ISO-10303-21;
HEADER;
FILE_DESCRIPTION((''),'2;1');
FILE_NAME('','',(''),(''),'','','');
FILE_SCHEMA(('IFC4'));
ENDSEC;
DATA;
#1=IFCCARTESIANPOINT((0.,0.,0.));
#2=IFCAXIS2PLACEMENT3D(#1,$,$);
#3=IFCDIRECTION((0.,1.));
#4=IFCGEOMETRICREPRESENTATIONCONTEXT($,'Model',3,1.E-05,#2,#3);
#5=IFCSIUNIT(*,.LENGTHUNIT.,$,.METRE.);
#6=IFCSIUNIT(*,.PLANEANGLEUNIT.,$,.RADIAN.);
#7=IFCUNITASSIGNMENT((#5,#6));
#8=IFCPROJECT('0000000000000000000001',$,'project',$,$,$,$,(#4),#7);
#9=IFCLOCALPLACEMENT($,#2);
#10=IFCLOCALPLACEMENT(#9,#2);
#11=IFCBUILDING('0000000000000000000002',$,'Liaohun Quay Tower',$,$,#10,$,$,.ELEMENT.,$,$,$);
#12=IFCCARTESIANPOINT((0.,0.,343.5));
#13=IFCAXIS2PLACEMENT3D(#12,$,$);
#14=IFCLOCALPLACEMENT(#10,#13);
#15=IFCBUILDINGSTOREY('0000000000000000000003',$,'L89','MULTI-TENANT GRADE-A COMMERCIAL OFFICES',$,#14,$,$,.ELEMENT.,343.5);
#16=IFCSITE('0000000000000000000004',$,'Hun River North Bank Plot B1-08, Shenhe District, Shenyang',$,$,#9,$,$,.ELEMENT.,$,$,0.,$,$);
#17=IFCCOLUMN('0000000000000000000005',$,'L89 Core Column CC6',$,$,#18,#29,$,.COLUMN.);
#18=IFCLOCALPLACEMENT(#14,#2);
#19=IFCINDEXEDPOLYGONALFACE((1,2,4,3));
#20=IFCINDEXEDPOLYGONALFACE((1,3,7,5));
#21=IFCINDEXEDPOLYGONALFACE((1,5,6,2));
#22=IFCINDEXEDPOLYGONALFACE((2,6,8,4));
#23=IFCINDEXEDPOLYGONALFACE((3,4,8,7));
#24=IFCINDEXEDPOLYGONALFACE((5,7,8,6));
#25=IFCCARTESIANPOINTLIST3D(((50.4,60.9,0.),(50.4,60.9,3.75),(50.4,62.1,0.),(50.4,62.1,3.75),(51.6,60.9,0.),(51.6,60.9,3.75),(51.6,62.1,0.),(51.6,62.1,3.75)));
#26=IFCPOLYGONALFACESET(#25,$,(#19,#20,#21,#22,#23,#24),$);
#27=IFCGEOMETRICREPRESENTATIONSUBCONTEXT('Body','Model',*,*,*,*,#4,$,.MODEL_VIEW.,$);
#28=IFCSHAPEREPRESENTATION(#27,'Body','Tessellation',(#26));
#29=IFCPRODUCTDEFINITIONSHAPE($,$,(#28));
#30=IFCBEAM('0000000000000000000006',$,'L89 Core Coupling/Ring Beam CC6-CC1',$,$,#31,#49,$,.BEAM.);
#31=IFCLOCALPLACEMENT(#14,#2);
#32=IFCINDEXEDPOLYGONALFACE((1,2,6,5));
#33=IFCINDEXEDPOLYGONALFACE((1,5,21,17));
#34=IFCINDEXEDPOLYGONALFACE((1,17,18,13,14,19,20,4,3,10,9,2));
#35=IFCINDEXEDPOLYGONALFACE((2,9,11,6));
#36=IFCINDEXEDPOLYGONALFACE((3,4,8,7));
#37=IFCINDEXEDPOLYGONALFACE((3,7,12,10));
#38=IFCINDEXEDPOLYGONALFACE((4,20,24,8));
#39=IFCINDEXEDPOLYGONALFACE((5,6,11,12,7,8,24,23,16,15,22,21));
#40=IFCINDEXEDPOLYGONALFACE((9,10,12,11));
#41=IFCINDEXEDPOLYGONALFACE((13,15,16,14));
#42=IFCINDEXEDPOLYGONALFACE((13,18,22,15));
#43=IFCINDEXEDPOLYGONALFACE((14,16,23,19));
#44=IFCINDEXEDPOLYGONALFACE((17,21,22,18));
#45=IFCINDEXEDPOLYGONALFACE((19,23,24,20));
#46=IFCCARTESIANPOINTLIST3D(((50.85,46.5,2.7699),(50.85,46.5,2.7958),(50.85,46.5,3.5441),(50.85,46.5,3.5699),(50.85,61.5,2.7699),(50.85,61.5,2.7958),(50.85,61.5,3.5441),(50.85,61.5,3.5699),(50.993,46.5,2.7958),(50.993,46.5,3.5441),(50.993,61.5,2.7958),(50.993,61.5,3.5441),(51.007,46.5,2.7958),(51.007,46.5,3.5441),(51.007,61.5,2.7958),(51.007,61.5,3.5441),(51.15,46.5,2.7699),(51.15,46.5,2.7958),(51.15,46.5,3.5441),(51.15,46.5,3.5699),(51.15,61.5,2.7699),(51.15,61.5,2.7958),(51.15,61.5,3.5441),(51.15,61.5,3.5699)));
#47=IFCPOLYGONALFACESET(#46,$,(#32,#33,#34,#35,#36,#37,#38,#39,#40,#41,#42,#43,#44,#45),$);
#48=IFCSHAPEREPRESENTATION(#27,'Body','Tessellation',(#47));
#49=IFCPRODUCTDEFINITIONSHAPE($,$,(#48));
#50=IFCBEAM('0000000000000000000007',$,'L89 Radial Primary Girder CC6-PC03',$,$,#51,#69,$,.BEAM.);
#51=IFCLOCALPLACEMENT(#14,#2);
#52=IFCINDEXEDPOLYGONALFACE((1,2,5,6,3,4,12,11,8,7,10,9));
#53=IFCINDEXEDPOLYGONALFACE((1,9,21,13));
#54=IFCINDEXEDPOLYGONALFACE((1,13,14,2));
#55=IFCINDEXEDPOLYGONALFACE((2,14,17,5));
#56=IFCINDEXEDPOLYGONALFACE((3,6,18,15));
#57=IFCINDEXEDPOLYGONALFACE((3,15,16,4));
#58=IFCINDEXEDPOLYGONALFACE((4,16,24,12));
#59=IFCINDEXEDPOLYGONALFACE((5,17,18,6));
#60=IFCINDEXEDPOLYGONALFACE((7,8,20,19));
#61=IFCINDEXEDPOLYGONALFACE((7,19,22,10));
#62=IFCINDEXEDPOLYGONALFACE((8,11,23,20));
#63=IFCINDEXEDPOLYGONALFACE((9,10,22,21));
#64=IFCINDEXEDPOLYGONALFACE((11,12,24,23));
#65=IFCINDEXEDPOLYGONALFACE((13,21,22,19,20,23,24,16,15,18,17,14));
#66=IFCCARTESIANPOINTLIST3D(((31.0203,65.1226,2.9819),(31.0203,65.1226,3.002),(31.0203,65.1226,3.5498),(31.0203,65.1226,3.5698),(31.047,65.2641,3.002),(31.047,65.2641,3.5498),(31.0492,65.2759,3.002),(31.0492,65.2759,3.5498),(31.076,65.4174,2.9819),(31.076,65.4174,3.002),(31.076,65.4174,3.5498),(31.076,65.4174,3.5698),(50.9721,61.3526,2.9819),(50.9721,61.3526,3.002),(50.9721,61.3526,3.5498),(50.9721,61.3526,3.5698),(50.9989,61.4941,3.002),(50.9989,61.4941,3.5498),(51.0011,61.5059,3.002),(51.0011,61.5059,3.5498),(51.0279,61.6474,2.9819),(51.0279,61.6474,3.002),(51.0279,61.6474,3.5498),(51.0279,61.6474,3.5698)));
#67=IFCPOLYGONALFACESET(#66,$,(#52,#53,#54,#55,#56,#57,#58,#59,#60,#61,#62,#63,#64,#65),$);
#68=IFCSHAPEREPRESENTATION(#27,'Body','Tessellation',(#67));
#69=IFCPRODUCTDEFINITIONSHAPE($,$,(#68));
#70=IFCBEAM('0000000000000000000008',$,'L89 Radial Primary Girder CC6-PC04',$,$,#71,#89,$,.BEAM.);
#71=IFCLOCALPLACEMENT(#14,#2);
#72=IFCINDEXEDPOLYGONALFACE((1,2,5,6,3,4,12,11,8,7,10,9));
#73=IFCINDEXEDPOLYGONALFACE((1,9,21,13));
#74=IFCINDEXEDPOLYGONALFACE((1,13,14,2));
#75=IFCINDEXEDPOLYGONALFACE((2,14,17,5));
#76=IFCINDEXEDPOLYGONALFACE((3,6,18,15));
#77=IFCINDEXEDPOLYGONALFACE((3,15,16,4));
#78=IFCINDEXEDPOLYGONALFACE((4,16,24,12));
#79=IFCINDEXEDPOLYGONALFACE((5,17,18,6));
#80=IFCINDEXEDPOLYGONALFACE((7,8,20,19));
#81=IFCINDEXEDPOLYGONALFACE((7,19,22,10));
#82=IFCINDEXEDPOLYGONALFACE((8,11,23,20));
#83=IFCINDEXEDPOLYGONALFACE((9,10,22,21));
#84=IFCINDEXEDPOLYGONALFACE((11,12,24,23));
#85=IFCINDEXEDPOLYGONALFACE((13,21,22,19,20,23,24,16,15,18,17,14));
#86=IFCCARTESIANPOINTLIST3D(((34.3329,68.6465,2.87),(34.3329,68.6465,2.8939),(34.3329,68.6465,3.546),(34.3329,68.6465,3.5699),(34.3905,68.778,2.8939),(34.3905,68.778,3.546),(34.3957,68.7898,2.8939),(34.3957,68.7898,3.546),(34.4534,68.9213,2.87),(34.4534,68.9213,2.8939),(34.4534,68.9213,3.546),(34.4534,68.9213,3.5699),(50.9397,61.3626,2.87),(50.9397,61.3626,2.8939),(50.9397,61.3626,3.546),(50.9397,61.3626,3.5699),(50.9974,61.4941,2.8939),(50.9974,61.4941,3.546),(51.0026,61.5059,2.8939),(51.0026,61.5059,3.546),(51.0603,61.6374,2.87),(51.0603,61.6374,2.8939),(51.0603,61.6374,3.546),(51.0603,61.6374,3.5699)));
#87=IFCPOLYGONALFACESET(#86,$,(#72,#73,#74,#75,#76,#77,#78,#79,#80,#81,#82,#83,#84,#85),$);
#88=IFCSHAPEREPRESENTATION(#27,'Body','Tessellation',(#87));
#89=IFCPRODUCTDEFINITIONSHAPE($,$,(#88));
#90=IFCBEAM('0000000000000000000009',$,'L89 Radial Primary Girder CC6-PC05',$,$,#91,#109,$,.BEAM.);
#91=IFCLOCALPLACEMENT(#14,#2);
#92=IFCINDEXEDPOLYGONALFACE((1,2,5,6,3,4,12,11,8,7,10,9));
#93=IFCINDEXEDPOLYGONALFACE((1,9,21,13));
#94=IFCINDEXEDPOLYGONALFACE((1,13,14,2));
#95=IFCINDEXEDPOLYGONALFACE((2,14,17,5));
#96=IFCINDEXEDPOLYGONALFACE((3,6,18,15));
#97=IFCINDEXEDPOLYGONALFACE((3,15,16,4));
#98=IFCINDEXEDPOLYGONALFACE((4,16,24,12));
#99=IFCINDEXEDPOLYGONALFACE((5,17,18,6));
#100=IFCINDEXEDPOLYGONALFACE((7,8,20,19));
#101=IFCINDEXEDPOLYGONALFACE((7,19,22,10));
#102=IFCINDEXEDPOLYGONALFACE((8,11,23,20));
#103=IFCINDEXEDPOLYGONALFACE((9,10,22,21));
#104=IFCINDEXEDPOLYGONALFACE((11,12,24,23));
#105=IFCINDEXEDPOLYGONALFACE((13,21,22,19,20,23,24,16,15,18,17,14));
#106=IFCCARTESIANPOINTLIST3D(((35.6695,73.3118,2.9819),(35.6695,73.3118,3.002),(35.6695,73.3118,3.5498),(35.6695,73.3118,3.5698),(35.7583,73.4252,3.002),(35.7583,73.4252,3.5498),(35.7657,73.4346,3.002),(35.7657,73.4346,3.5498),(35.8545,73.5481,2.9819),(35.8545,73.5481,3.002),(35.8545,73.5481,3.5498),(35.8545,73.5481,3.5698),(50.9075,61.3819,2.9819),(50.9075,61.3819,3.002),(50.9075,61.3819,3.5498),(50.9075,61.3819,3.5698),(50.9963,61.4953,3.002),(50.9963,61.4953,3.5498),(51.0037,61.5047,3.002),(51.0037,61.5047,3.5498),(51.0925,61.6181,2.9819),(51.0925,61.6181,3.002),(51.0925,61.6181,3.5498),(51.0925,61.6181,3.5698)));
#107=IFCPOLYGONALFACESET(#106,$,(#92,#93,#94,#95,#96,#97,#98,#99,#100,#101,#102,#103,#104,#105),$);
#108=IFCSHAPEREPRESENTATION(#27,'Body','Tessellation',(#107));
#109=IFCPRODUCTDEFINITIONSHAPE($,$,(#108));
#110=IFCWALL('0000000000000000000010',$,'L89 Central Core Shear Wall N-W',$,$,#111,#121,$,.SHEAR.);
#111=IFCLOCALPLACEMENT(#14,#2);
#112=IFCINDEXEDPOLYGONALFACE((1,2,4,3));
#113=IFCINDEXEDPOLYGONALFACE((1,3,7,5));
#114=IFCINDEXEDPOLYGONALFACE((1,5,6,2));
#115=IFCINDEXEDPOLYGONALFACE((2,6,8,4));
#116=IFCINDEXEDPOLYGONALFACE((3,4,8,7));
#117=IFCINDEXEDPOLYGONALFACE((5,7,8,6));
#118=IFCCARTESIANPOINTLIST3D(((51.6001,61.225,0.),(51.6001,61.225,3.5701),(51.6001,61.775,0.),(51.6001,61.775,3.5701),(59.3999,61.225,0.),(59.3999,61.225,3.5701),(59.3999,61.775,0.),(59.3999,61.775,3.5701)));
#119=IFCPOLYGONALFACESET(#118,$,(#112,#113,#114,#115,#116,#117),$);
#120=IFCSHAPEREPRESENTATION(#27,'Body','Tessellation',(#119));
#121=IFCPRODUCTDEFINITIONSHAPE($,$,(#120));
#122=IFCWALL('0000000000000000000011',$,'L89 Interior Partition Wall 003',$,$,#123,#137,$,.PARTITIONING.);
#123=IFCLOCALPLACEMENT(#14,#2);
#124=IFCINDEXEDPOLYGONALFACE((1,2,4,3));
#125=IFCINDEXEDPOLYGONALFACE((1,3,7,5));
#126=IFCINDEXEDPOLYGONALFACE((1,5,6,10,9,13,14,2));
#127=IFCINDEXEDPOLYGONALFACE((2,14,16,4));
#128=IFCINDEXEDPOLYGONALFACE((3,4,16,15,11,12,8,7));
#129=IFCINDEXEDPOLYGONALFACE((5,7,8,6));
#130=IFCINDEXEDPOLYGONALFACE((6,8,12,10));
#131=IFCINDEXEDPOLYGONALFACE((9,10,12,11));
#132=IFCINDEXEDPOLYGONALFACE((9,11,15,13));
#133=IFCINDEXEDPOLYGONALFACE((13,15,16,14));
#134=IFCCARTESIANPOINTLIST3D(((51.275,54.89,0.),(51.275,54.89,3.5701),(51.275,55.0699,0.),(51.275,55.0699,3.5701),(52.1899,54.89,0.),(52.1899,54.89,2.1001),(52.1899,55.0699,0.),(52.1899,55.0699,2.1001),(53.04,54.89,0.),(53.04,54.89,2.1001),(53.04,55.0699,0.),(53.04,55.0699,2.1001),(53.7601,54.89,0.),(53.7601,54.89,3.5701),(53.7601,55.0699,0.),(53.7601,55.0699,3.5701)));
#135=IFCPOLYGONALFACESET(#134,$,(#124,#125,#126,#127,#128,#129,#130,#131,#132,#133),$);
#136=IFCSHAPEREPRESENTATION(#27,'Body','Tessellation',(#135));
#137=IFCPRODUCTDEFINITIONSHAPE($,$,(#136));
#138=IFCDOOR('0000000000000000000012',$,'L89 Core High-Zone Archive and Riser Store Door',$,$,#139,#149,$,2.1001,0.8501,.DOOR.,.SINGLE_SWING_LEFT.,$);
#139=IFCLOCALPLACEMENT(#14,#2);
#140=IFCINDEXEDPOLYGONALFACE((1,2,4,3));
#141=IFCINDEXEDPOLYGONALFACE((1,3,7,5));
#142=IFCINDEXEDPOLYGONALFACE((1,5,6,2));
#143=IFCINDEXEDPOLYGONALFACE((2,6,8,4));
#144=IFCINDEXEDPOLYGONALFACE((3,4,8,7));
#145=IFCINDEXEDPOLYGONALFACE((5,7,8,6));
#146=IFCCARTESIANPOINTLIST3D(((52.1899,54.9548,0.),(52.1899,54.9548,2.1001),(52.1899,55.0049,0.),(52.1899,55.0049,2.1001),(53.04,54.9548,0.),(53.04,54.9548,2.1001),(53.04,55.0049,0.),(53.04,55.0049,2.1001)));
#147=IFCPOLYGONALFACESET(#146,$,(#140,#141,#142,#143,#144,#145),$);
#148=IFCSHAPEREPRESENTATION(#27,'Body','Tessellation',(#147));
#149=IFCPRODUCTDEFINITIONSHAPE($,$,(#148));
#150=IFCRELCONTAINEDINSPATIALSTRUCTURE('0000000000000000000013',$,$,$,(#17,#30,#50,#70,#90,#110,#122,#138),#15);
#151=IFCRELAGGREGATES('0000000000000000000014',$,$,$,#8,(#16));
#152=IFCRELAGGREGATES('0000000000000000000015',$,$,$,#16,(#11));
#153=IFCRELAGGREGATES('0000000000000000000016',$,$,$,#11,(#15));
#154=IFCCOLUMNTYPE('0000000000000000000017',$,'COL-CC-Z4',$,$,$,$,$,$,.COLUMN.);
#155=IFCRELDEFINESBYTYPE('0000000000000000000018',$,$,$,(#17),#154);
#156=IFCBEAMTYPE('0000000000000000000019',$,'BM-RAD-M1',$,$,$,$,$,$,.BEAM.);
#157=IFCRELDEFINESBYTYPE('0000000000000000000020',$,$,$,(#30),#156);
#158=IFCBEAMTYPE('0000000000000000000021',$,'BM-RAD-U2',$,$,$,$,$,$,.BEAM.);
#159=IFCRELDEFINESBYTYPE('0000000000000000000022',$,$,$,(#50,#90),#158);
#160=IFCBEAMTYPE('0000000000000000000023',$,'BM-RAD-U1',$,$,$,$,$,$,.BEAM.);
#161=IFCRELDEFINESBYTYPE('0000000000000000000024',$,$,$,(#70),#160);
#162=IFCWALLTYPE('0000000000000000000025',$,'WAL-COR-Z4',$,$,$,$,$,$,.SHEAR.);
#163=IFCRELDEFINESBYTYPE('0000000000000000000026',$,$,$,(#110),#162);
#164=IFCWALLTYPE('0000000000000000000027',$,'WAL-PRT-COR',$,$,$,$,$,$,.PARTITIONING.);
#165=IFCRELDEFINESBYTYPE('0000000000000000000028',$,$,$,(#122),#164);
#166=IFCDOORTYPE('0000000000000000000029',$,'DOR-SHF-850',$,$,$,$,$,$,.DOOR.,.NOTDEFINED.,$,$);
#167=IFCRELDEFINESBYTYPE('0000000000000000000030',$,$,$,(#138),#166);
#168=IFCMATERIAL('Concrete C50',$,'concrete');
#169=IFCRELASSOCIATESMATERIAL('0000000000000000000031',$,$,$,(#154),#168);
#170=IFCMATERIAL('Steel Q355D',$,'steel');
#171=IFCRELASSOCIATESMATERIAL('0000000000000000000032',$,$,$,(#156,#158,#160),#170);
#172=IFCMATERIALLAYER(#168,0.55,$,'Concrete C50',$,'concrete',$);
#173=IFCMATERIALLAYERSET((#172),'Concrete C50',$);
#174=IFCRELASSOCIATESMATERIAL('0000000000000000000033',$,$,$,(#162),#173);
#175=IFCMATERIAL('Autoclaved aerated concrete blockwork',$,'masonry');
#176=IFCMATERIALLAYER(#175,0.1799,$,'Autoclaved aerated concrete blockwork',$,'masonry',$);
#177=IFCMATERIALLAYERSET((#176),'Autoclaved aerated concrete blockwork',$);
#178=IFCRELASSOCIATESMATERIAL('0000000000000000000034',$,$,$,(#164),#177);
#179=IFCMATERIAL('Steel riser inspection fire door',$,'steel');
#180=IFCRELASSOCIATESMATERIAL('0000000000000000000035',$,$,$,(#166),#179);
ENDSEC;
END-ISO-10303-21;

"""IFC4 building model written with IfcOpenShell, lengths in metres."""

from ifc_helpers import new_model, si_unit, direction, frame, frame_2d, origin, origin_2d, place, context, subcontext, project, spatial, rectangle, i_section, extrude, source, transform, mapped, material, layer, layer_set, material_profile, profile_set, type_object, element, fill, save


model = new_model("IFC4")

# Units and contexts
model_context = context("Model", 3, precision=1e-05, world=origin(), true_north=direction((0.0, 1.0)))
body_context = subcontext(model_context, "Body", "Model", "MODEL_VIEW")
ifc_project = project(units=[si_unit("LENGTHUNIT", "METRE"), si_unit("PLANEANGLEUNIT", "RADIAN")], contexts=[model_context])

# Site, building, storey
site_placement = place(None, origin())
site = spatial("IfcSite", under=ifc_project, at=site_placement, Name="Hun River North Bank Plot B1-08, Shenhe District, Shenyang", CompositionType="ELEMENT", RefElevation=0.0)
building_placement = place(site_placement, origin())
building = spatial("IfcBuilding", under=site, at=building_placement, Name="Liaohun Quay Tower", CompositionType="ELEMENT")
storey_placement = place(building_placement, frame((0.0, 0.0, 343.5)))
storey = spatial("IfcBuildingStorey", under=building, at=storey_placement, Name="L89", Description="MULTI-TENANT GRADE-A COMMERCIAL OFFICES", CompositionType="ELEMENT", Elevation=343.5)

# Column
ifc_material_1 = material(Name="Concrete C50", Category="concrete")
ifc_material_profile_1 = material_profile(ifc_material_1, rectangle(XDim=1.2, YDim=1.2, at=origin_2d()), Name="RC1200x1200")
ifc_profile_set_1 = profile_set([ifc_material_profile_1], Name="Concrete C50")
column_type = type_object("IfcColumnType", Name="COL-CC-Z4", PredefinedType="COLUMN", material=ifc_profile_set_1)
shared_shape_1 = source(origin(), body_context, "Body", "SweptSolid", [
    extrude(rectangle(XDim=1.2, YDim=1.2, at=origin_2d()), origin(), (0.0, 0.0, 1.0), 3.75),
])
column_placement = place(storey_placement, frame((51.0, 61.5, 0.0), z_axis=(0.0, 0.0, 1.0), x_axis=(1.0, 0.0, 0.0)))
element("IfcColumn", 1, at=column_placement, inside=storey, type_object=column_type, Name="L89 Core Column CC6", PredefinedType="COLUMN", context=body_context, shape_type="MappedRepresentation", body=[
    mapped(shared_shape_1, transform((0.0, 0.0, 0.0), x_axis=(1.0, 0.0, 0.0), y_axis=(0.0, 1.0, 0.0), z_axis=(0.0, 0.0, 1.0), scale=1.0)),
])

# Beams
ifc_material_2 = material(Name="Steel Q355D", Category="steel")
ifc_material_profile_2 = material_profile(ifc_material_2, i_section(OverallWidth=0.3, OverallDepth=0.8, WebThickness=0.0139, FlangeThickness=0.0259, at=origin_2d()), Name="HN800x300x14x26")
ifc_profile_set_2 = profile_set([ifc_material_profile_2], Name="Steel Q355D")
beam_type_1 = type_object("IfcBeamType", Name="BM-RAD-M1", PredefinedType="BEAM", material=ifc_profile_set_2)
shared_shape_2 = source(origin(), body_context, "Body", "SweptSolid", [
    extrude(i_section(OverallWidth=0.3, OverallDepth=0.8, WebThickness=0.0139, FlangeThickness=0.0259, at=origin_2d()), origin(), (0.0, 0.0, 1.0), 15.0),
])
beam_1_placement = place(storey_placement, frame((51.0, 61.5, 3.1699), z_axis=(0.0, -1.0, 0.0), x_axis=(1.0, 0.0, 0.0)))
element("IfcBeam", 2, at=beam_1_placement, inside=storey, type_object=beam_type_1, Name="L89 Core Coupling/Ring Beam CC6-CC1", PredefinedType="BEAM", context=body_context, shape_type="MappedRepresentation", body=[
    mapped(shared_shape_2, transform((0.0, 0.0, 0.0), x_axis=(1.0, 0.0, 0.0), y_axis=(0.0, 1.0, 0.0), z_axis=(0.0, 0.0, 1.0), scale=1.0)),
])
ifc_material_profile_3 = material_profile(ifc_material_2, i_section(OverallWidth=0.3, OverallDepth=0.5879, WebThickness=0.012, FlangeThickness=0.02, at=origin_2d()), Name="HM588x300x12x20")
ifc_profile_set_3 = profile_set([ifc_material_profile_3], Name="Steel Q355D")
beam_type_2 = type_object("IfcBeamType", Name="BM-RAD-U2", PredefinedType="BEAM", material=ifc_profile_set_3)
shared_shape_3 = source(origin(), body_context, "Body", "SweptSolid", [
    extrude(i_section(OverallWidth=0.3, OverallDepth=0.5879, WebThickness=0.012, FlangeThickness=0.02, at=origin_2d()), origin(), (0.0, 0.0, 1.0), 20.3049),
])
beam_2_placement = place(storey_placement, frame((51.0, 61.5, 3.2759), z_axis=(-0.982612, 0.18567, 0.0), x_axis=(-0.18567, -0.982612, 0.0)))
element("IfcBeam", 3, at=beam_2_placement, inside=storey, type_object=beam_type_2, Name="L89 Radial Primary Girder CC6-PC03", PredefinedType="BEAM", context=body_context, shape_type="MappedRepresentation", body=[
    mapped(shared_shape_3, transform((0.0, 0.0, 0.0), x_axis=(1.0, 0.0, 0.0), y_axis=(0.0, 1.0, 0.0), z_axis=(0.0, 0.0, 1.0), scale=1.0)),
])
ifc_material_profile_4 = material_profile(ifc_material_2, i_section(OverallWidth=0.3, OverallDepth=0.7, WebThickness=0.0129, FlangeThickness=0.0239, at=origin_2d()), Name="HN700x300x13x24")
ifc_profile_set_4 = profile_set([ifc_material_profile_4], Name="Steel Q355D")
beam_type_3 = type_object("IfcBeamType", Name="BM-RAD-U1", PredefinedType="BEAM", material=ifc_profile_set_4)
shared_shape_4 = source(origin(), body_context, "Body", "SweptSolid", [
    extrude(i_section(OverallWidth=0.3, OverallDepth=0.7, WebThickness=0.0129, FlangeThickness=0.0239, at=origin_2d()), origin(), (0.0, 0.0, 1.0), 18.134),
])
beam_3_placement = place(storey_placement, frame((51.0, 61.5, 3.22), z_axis=(-0.915784, 0.40167, 0.0), x_axis=(-0.40167, -0.915784, 0.0)))
element("IfcBeam", 4, at=beam_3_placement, inside=storey, type_object=beam_type_3, Name="L89 Radial Primary Girder CC6-PC04", PredefinedType="BEAM", context=body_context, shape_type="MappedRepresentation", body=[
    mapped(shared_shape_4, transform((0.0, 0.0, 0.0), x_axis=(1.0, 0.0, 0.0), y_axis=(0.0, 1.0, 0.0), z_axis=(0.0, 0.0, 1.0), scale=1.0)),
])
shared_shape_5 = source(origin(), body_context, "Body", "SweptSolid", [
    extrude(i_section(OverallWidth=0.3, OverallDepth=0.5879, WebThickness=0.012, FlangeThickness=0.02, at=origin_2d()), origin(), (0.0, 0.0, 1.0), 19.3525),
])
beam_4_placement = place(storey_placement, frame((51.0, 61.5, 3.2759), z_axis=(-0.787392, 0.616453, 0.0), x_axis=(-0.616453, -0.787392, 0.0)))
element("IfcBeam", 5, at=beam_4_placement, inside=storey, type_object=beam_type_2, Name="L89 Radial Primary Girder CC6-PC05", PredefinedType="BEAM", context=body_context, shape_type="MappedRepresentation", body=[
    mapped(shared_shape_5, transform((0.0, 0.0, 0.0), x_axis=(1.0, 0.0, 0.0), y_axis=(0.0, 1.0, 0.0), z_axis=(0.0, 0.0, 1.0), scale=1.0)),
])

# Wall
ifc_layer_1 = layer(ifc_material_1, 0.55, Name="Concrete C50", Category="concrete")
ifc_layer_set_1 = layer_set([ifc_layer_1], Name="Concrete C50")
wall_type_1 = type_object("IfcWallType", Name="WAL-COR-Z4", PredefinedType="SHEAR", material=ifc_layer_set_1)
wall_1_placement = place(storey_placement, frame((51.6001, 61.5, 0.0), z_axis=(0.0, 0.0, 1.0), x_axis=(1.0, 0.0, 0.0)))
element("IfcWall", 6, at=wall_1_placement, inside=storey, type_object=wall_type_1, Name="L89 Central Core Shear Wall N-W", PredefinedType="SHEAR", context=body_context, shape_type="SweptSolid", body=[
    extrude(rectangle(XDim=7.7998, YDim=0.55, at=frame_2d((3.8999, 0.0))), origin(), (0.0, 0.0, 1.0), 3.5701),
])

# Wall, opening, door
ifc_material_3 = material(Name="Autoclaved aerated concrete blockwork", Category="masonry")
ifc_layer_2 = layer(ifc_material_3, 0.1799, Name="Autoclaved aerated concrete blockwork", Category="masonry")
ifc_layer_set_2 = layer_set([ifc_layer_2], Name="Autoclaved aerated concrete blockwork")
wall_type_2 = type_object("IfcWallType", Name="WAL-PRT-COR", PredefinedType="PARTITIONING", material=ifc_layer_set_2)
wall_2_placement = place(storey_placement, frame((51.2749, 54.98, 0.0), z_axis=(0.0, 0.0, 1.0), x_axis=(1.0, 0.0, 0.0)))
wall_2 = element("IfcWall", 7, at=wall_2_placement, inside=storey, type_object=wall_type_2, Name="L89 Interior Partition Wall 003", PredefinedType="PARTITIONING", context=body_context, shape_type="SweptSolid", body=[
    extrude(rectangle(XDim=2.4851, YDim=0.1799, at=frame_2d((1.2427, 0.0))), origin(), (0.0, 0.0, 1.0), 3.5701),
])
shared_shape_6 = source(origin(), body_context, "Body", "SweptSolid", [
    extrude(rectangle(XDim=0.8501, YDim=2.1001, at=frame_2d((0.425, 1.05))), frame((0.0, 0.0999, 0.0), z_axis=(0.0, -1.0, 0.0), x_axis=(1.0, 0.0, 0.0)), (0.0, 0.0, 1.0), 0.2),
])
opening_1_placement = place(wall_2_placement, frame((0.915, 0.0, 0.0)))
opening_1 = element("IfcOpeningElement", 8, at=opening_1_placement, cuts=wall_2, PredefinedType="OPENING", context=body_context, shape_type="MappedRepresentation", body=[
    mapped(shared_shape_6, transform((0.0, 0.0, 0.0), x_axis=(1.0, 0.0, 0.0), y_axis=(0.0, 1.0, 0.0), z_axis=(0.0, 0.0, 1.0), scale=1.0)),
])
ifc_material_4 = material(Name="Steel riser inspection fire door", Category="steel")
door_type_1 = type_object("IfcDoorType", Name="DOR-SHF-850", OperationType="NOTDEFINED", PredefinedType="DOOR", material=ifc_material_4)
shared_shape_7 = source(origin(), body_context, "Body", "SweptSolid", [
    extrude(rectangle(XDim=0.8501, YDim=2.1001, at=frame_2d((0.425, 1.05))), frame((0.0, 0.0249, 0.0), z_axis=(0.0, -1.0, 0.0), x_axis=(1.0, 0.0, 0.0)), (0.0, 0.0, 1.0), 0.05),
])
door_1_placement = place(opening_1_placement, origin())
door_1 = element("IfcDoor", 9, at=door_1_placement, inside=storey, type_object=door_type_1, Name="L89 Core High-Zone Archive and Riser Store Door", OperationType="SINGLE_SWING_LEFT", OverallHeight=2.1001, OverallWidth=0.8501, PredefinedType="DOOR", context=body_context, shape_type="MappedRepresentation", body=[
    mapped(shared_shape_7, transform((0.0, 0.0, 0.0), x_axis=(1.0, 0.0, 0.0), y_axis=(0.0, 1.0, 0.0), z_axis=(0.0, 0.0, 1.0), scale=1.0)),
])
fill(opening_1, door_1)

save(model, "model.ifc")
